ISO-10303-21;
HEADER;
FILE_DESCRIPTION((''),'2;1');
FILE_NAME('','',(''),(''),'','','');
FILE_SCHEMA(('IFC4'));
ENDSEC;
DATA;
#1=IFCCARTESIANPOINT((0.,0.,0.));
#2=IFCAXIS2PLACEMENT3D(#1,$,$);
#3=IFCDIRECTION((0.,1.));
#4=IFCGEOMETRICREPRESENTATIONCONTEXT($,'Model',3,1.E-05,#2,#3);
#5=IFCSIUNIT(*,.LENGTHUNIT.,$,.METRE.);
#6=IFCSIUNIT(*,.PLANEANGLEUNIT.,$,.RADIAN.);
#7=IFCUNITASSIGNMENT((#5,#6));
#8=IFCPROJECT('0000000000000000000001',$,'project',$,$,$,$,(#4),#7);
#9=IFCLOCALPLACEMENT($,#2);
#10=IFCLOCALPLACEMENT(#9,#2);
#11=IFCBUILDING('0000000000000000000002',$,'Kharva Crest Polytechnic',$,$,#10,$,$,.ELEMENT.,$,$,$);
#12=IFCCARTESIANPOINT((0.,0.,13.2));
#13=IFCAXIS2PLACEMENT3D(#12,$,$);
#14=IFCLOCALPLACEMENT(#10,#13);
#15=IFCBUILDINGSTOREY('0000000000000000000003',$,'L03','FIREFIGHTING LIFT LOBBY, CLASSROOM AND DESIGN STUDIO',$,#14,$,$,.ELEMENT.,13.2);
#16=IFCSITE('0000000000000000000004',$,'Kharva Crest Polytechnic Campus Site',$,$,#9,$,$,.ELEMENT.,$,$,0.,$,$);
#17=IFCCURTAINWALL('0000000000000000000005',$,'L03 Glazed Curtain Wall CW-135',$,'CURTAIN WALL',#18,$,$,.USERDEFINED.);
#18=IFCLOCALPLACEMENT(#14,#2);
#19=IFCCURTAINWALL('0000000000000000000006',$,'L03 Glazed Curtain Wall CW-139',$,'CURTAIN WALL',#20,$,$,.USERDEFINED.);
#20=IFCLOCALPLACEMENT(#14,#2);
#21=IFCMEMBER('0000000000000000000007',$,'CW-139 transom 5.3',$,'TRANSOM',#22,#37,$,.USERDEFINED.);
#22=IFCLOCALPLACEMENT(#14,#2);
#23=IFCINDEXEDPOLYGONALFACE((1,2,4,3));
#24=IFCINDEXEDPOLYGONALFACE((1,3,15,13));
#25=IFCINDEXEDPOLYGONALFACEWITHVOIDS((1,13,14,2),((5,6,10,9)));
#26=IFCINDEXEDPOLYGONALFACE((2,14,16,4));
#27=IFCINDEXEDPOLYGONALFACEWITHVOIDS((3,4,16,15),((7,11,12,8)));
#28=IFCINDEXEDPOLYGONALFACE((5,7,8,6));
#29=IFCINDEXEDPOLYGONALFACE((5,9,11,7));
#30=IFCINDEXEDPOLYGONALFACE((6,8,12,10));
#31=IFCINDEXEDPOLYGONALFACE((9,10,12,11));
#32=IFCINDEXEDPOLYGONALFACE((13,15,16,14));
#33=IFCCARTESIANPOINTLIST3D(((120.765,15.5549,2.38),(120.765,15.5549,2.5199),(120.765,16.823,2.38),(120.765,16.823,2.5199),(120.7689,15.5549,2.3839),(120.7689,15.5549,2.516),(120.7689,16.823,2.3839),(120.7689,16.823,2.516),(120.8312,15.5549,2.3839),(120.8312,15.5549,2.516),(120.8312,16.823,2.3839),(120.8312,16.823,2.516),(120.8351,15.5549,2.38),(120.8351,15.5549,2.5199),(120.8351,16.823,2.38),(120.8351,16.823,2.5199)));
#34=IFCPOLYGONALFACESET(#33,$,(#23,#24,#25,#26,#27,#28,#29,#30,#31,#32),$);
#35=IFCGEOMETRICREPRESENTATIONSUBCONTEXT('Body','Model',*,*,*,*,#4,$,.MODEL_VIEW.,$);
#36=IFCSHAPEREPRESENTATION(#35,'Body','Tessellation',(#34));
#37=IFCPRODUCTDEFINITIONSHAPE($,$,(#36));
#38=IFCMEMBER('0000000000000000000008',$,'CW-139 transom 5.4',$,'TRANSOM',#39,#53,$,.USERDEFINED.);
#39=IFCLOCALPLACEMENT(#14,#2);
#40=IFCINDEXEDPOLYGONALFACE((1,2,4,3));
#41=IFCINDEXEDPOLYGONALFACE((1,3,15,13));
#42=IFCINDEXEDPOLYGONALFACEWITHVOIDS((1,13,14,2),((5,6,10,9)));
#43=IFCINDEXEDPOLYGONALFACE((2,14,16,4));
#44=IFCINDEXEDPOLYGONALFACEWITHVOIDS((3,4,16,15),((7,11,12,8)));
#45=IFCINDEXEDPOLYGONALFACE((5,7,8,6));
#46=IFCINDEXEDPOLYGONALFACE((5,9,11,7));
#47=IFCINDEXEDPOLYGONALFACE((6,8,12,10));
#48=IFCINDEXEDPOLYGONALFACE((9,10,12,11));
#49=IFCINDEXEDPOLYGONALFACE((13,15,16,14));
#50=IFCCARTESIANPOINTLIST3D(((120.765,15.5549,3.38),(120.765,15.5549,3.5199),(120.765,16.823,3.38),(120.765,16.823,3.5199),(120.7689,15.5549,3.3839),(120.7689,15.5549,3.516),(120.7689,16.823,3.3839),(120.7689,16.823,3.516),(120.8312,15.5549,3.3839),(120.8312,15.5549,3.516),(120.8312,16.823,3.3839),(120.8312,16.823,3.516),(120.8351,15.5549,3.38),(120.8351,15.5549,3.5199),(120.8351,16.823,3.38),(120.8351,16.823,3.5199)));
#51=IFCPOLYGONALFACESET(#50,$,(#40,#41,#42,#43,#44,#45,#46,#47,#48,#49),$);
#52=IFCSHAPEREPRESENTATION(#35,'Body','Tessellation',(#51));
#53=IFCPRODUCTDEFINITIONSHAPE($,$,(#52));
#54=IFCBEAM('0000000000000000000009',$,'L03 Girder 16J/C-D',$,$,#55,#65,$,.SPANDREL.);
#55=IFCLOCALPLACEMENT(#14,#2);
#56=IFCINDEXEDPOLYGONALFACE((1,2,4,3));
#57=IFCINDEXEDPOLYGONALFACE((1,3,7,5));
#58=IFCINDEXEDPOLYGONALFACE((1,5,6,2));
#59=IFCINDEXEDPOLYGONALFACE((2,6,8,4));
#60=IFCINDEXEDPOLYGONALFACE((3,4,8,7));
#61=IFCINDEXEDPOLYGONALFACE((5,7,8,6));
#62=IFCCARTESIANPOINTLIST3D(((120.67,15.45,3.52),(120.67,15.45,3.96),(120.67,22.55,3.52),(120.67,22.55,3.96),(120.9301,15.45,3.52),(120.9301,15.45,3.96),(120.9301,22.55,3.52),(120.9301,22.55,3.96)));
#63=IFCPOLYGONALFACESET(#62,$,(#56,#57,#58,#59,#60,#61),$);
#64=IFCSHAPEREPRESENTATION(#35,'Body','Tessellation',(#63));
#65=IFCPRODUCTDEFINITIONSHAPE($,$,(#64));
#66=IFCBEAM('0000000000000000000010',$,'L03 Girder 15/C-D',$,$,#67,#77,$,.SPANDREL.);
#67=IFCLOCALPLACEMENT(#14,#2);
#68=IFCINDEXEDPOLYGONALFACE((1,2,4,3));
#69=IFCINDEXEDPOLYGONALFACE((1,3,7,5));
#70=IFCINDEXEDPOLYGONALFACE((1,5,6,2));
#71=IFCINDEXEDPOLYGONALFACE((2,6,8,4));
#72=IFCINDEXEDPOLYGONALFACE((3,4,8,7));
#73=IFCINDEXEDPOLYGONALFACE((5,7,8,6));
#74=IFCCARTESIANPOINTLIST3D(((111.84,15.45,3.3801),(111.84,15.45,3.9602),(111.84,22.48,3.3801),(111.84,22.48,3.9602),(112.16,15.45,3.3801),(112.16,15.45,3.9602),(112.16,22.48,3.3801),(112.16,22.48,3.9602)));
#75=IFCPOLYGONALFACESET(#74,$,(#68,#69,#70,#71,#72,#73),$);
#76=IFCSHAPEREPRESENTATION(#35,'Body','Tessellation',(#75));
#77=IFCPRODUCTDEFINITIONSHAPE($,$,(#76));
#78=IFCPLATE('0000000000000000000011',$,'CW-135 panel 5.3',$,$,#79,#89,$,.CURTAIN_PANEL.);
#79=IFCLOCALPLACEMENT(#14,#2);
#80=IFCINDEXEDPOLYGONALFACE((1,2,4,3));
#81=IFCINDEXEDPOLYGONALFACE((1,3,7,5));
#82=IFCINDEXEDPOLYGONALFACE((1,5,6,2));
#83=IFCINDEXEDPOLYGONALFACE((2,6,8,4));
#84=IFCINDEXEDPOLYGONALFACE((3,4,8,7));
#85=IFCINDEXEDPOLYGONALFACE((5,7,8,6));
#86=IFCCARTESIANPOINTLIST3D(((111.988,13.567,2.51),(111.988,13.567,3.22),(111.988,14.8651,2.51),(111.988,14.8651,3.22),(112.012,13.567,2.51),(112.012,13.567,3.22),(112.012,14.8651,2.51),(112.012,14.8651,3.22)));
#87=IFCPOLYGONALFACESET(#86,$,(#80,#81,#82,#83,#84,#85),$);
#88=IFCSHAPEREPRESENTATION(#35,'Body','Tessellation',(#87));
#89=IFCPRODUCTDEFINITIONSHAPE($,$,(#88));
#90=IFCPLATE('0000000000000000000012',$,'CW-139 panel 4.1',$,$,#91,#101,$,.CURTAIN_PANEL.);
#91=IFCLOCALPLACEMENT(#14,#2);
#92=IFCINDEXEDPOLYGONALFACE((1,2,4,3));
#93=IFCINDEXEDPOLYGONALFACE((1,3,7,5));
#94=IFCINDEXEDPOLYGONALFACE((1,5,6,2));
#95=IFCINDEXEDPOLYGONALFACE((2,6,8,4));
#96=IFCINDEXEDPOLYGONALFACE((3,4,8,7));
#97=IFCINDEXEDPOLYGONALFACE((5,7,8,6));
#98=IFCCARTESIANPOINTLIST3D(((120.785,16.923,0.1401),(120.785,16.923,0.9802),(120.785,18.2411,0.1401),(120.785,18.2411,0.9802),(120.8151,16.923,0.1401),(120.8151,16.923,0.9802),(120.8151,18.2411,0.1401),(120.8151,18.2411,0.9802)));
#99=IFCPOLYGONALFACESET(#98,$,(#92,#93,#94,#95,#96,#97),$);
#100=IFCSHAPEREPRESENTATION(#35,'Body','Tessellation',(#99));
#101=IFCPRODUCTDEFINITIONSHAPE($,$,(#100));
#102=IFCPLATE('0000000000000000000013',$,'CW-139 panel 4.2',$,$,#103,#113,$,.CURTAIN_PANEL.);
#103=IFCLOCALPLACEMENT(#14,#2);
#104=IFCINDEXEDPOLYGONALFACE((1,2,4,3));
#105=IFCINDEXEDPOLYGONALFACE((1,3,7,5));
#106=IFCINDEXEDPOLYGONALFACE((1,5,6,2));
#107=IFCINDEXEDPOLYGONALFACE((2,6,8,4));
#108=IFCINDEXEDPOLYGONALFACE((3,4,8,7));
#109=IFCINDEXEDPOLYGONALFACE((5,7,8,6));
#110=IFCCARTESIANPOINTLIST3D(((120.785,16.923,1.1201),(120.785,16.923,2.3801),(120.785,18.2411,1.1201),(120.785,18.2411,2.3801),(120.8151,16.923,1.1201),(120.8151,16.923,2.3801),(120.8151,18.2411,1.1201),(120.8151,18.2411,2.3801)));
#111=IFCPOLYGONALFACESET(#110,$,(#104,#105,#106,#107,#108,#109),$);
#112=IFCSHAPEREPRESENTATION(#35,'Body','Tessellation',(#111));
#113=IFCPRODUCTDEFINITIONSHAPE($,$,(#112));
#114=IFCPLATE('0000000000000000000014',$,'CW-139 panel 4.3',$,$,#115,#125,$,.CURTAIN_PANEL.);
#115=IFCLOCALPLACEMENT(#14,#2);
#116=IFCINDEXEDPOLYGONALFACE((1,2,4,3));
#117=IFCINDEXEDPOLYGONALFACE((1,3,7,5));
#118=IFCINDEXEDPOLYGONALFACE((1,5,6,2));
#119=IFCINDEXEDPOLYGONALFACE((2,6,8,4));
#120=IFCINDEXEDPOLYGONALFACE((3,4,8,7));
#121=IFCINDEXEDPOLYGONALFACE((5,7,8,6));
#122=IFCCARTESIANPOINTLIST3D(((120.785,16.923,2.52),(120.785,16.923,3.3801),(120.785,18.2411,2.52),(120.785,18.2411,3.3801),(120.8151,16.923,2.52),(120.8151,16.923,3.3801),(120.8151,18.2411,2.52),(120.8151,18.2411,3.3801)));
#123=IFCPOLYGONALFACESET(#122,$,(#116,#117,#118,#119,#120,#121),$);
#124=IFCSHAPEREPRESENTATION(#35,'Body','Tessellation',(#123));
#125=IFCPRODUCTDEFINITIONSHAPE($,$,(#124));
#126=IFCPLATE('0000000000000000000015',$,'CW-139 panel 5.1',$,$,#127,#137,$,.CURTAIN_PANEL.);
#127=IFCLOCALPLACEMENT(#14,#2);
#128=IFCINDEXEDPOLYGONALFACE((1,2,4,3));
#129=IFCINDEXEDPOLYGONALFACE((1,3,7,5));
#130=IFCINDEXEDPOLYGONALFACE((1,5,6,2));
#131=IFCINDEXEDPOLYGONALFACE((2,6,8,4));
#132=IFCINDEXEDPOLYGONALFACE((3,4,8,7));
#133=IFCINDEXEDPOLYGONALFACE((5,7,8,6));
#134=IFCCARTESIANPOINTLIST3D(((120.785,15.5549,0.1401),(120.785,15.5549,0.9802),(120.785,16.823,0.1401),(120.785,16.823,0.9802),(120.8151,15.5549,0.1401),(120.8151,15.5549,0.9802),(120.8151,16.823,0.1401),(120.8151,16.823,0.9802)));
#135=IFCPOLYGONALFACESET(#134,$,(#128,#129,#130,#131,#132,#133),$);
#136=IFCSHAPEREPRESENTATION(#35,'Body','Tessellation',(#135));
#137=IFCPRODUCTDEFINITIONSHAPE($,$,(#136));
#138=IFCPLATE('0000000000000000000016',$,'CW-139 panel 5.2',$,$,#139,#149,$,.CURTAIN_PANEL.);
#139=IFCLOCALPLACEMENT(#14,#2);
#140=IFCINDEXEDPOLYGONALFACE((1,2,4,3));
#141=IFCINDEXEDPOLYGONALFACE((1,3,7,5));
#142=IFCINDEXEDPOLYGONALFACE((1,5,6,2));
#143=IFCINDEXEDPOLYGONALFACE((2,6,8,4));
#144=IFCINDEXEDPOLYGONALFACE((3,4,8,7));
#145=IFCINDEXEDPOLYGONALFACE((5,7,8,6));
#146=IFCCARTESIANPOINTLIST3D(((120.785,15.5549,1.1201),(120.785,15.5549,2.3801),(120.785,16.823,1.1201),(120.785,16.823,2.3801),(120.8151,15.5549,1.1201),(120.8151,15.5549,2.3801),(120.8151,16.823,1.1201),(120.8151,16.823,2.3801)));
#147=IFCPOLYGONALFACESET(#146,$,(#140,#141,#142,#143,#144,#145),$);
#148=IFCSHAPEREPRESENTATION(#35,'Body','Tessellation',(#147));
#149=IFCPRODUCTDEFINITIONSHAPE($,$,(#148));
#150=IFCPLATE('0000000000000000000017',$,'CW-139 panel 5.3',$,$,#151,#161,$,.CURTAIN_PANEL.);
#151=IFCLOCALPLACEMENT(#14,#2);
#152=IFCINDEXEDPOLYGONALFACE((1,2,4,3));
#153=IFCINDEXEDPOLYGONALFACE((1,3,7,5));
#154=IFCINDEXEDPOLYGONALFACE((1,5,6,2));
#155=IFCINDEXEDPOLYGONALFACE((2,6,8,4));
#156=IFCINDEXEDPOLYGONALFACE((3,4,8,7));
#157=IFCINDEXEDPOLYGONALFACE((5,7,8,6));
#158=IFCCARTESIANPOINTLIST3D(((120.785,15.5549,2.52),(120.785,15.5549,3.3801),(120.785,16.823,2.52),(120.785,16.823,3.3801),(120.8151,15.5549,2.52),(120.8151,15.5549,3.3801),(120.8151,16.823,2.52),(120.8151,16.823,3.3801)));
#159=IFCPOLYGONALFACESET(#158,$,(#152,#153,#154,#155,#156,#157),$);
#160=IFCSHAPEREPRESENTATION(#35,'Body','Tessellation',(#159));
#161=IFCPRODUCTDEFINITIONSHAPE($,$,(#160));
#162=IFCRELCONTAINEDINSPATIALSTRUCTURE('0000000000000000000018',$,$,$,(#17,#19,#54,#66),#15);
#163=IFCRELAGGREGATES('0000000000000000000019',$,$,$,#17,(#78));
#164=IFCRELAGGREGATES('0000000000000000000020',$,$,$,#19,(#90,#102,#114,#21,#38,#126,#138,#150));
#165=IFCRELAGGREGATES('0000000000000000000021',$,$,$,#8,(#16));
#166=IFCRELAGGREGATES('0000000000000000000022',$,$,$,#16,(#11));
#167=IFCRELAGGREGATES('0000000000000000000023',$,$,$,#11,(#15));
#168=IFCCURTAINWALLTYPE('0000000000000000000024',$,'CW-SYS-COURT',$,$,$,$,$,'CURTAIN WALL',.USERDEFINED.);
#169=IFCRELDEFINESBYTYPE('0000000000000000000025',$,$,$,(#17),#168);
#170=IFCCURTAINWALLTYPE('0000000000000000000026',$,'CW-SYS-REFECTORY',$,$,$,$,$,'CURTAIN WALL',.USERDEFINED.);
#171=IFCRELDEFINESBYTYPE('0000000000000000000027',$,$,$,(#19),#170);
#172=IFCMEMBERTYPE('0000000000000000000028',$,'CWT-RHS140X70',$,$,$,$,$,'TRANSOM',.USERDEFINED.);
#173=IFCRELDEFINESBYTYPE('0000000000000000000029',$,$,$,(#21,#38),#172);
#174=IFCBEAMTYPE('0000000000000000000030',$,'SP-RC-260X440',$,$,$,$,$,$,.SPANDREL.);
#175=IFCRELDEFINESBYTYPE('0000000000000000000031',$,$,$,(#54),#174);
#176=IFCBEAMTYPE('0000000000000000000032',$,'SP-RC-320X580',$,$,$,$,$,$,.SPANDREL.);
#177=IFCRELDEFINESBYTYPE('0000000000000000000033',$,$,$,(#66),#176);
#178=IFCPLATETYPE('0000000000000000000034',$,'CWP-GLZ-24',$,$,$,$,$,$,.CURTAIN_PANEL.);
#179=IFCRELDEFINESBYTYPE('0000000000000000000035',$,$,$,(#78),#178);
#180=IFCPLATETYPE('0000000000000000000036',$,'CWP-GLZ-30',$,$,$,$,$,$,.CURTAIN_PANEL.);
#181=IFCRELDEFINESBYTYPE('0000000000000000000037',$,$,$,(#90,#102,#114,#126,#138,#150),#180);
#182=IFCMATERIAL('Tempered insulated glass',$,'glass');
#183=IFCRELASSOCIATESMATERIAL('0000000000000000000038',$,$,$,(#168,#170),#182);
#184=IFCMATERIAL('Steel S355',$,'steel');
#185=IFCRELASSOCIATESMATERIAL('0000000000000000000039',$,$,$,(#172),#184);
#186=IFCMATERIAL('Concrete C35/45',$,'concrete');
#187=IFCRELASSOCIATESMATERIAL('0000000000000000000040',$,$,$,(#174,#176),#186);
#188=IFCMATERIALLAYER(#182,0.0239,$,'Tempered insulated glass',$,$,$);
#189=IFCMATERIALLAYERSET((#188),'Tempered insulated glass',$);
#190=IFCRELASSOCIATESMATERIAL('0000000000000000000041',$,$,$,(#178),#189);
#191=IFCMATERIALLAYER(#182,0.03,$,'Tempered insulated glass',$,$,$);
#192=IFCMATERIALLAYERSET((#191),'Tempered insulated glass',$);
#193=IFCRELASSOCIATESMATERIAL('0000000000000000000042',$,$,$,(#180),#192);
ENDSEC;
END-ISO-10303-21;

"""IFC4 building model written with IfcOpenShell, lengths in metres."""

from ifc_helpers import new_model, si_unit, direction, frame, origin, origin_2d, place, context, subcontext, project, spatial, rectangle, hollow_rectangle, extrude, material, layer, layer_set, material_profile, profile_set, type_object, element, aggregate, save


model = new_model("IFC4")

# Units and contexts
model_context = context("Model", 3, precision=1e-05, world=origin(), true_north=direction((0.0, 1.0)))
body_context = subcontext(model_context, "Body", "Model", "MODEL_VIEW")
ifc_project = project(units=[si_unit("LENGTHUNIT", "METRE"), si_unit("PLANEANGLEUNIT", "RADIAN")], contexts=[model_context])

# Site, building, storey
site_placement = place(None, origin())
site = spatial("IfcSite", under=ifc_project, at=site_placement, Name="Kharva Crest Polytechnic Campus Site", CompositionType="ELEMENT", RefElevation=0.0)
building_placement = place(site_placement, origin())
building = spatial("IfcBuilding", under=site, at=building_placement, Name="Kharva Crest Polytechnic", CompositionType="ELEMENT")
storey_placement = place(building_placement, frame((0.0, 0.0, 13.2)))
storey = spatial("IfcBuildingStorey", under=building, at=storey_placement, Name="L03", Description="FIREFIGHTING LIFT LOBBY, CLASSROOM AND DESIGN STUDIO", CompositionType="ELEMENT", Elevation=13.2)

# Curtain wall
ifc_material_1 = material(Name="Tempered insulated glass", Category="glass")
curtain_wall_type_1 = type_object("IfcCurtainWallType", Name="CW-SYS-COURT", ElementType="CURTAIN WALL", PredefinedType="USERDEFINED", material=ifc_material_1)
curtain_wall_1_placement = place(storey_placement, origin())
curtain_wall_1 = element("IfcCurtainWall", 1, at=curtain_wall_1_placement, inside=storey, type_object=curtain_wall_type_1, Name="L03 Glazed Curtain Wall CW-135", ObjectType="CURTAIN WALL", PredefinedType="USERDEFINED")
ifc_material_2 = material(Name="Steel S355", Category="steel")

# Curtain wall, members
curtain_wall_type_2 = type_object("IfcCurtainWallType", Name="CW-SYS-REFECTORY", ElementType="CURTAIN WALL", PredefinedType="USERDEFINED", material=ifc_material_1)
curtain_wall_2_placement = place(storey_placement, origin())
curtain_wall_2 = element("IfcCurtainWall", 2, at=curtain_wall_2_placement, inside=storey, type_object=curtain_wall_type_2, Name="L03 Glazed Curtain Wall CW-139", ObjectType="CURTAIN WALL", PredefinedType="USERDEFINED")
ifc_material_profile_1 = material_profile(ifc_material_2, hollow_rectangle(XDim=0.0701, YDim=0.1399, WallThickness=0.0039, at=origin_2d()), Name="RHS 140X70X4.0")
ifc_profile_set_1 = profile_set([ifc_material_profile_1], Name="Steel S355")
member_type_1 = type_object("IfcMemberType", Name="CWT-RHS140X70", ElementType="TRANSOM", PredefinedType="USERDEFINED", material=ifc_profile_set_1)
member_1_placement = place(storey_placement, frame((120.8, 16.823, 2.45), z_axis=(0.0, -1.0, 0.0), x_axis=(1.0, 0.0, 0.0)))
member_1 = element("IfcMember", 3, at=member_1_placement, type_object=member_type_1, Name="CW-139 transom 5.3", ObjectType="TRANSOM", PredefinedType="USERDEFINED", context=body_context, shape_type="SweptSolid", body=[
    extrude(hollow_rectangle(XDim=0.0701, YDim=0.1399, WallThickness=0.0039, at=origin_2d()), origin(), (0.0, 0.0, 1.0), 1.2681),
])
member_2_placement = place(storey_placement, frame((120.8, 16.823, 3.45), z_axis=(0.0, -1.0, 0.0), x_axis=(1.0, 0.0, 0.0)))
member_2 = element("IfcMember", 4, at=member_2_placement, type_object=member_type_1, Name="CW-139 transom 5.4", ObjectType="TRANSOM", PredefinedType="USERDEFINED", context=body_context, shape_type="SweptSolid", body=[
    extrude(hollow_rectangle(XDim=0.0701, YDim=0.1399, WallThickness=0.0039, at=origin_2d()), origin(), (0.0, 0.0, 1.0), 1.2681),
])

# Beams
ifc_material_3 = material(Name="Concrete C35/45", Category="concrete")
ifc_material_profile_2 = material_profile(ifc_material_3, rectangle(XDim=0.26, YDim=0.4399, at=origin_2d()), Name="RECT 260 X 440")
ifc_profile_set_2 = profile_set([ifc_material_profile_2], Name="Concrete C35/45")
beam_type_1 = type_object("IfcBeamType", Name="SP-RC-260X440", PredefinedType="SPANDREL", material=ifc_profile_set_2)
beam_1_placement = place(storey_placement, frame((120.8, 15.45, 3.74), z_axis=(0.0, 1.0, 0.0), x_axis=(-1.0, 0.0, 0.0)))
element("IfcBeam", 5, at=beam_1_placement, inside=storey, type_object=beam_type_1, Name="L03 Girder 16J/C-D", PredefinedType="SPANDREL", context=body_context, shape_type="SweptSolid", body=[
    extrude(rectangle(XDim=0.26, YDim=0.4399, at=origin_2d()), origin(), (0.0, 0.0, 1.0), 7.1001),
])
ifc_material_profile_3 = material_profile(ifc_material_3, rectangle(XDim=0.3201, YDim=0.5801, at=origin_2d()), Name="RECT 320 X 580")
ifc_profile_set_3 = profile_set([ifc_material_profile_3], Name="Concrete C35/45")
beam_type_2 = type_object("IfcBeamType", Name="SP-RC-320X580", PredefinedType="SPANDREL", material=ifc_profile_set_3)
beam_2_placement = place(storey_placement, frame((112.0, 15.45, 3.6702), z_axis=(0.0, 1.0, 0.0), x_axis=(-1.0, 0.0, 0.0)))
element("IfcBeam", 6, at=beam_2_placement, inside=storey, type_object=beam_type_2, Name="L03 Girder 15/C-D", PredefinedType="SPANDREL", context=body_context, shape_type="SweptSolid", body=[
    extrude(rectangle(XDim=0.3201, YDim=0.5801, at=origin_2d()), origin(), (0.0, 0.0, 1.0), 7.03),
])

# Plates
ifc_layer_1 = layer(ifc_material_1, 0.0239, Name="Tempered insulated glass")
ifc_layer_set_1 = layer_set([ifc_layer_1], Name="Tempered insulated glass")
plate_type_1 = type_object("IfcPlateType", Name="CWP-GLZ-24", PredefinedType="CURTAIN_PANEL", material=ifc_layer_set_1)
plate_1_placement = place(storey_placement, frame((112.0, 14.2161, 2.51), z_axis=(0.0, 0.0, 1.0), x_axis=(0.0, 1.0, 0.0)))
plate_1 = element("IfcPlate", 7, at=plate_1_placement, type_object=plate_type_1, Name="CW-135 panel 5.3", PredefinedType="CURTAIN_PANEL", context=body_context, shape_type="SweptSolid", body=[
    extrude(rectangle(XDim=1.2981, YDim=0.0239, at=origin_2d()), origin(), (0.0, 0.0, 1.0), 0.71),
])
aggregate(curtain_wall_1, [plate_1])
ifc_layer_2 = layer(ifc_material_1, 0.03, Name="Tempered insulated glass")
ifc_layer_set_2 = layer_set([ifc_layer_2], Name="Tempered insulated glass")
plate_type_2 = type_object("IfcPlateType", Name="CWP-GLZ-30", PredefinedType="CURTAIN_PANEL", material=ifc_layer_set_2)
plate_2_placement = place(storey_placement, frame((120.8, 17.582, 0.1401), z_axis=(0.0, 0.0, 1.0), x_axis=(0.0, -1.0, 0.0)))
plate_2 = element("IfcPlate", 8, at=plate_2_placement, type_object=plate_type_2, Name="CW-139 panel 4.1", PredefinedType="CURTAIN_PANEL", context=body_context, shape_type="SweptSolid", body=[
    extrude(rectangle(XDim=1.3181, YDim=0.03, at=origin_2d()), origin(), (0.0, 0.0, 1.0), 0.8401),
])
plate_3_placement = place(storey_placement, frame((120.8, 17.582, 1.1201), z_axis=(0.0, 0.0, 1.0), x_axis=(0.0, -1.0, 0.0)))
plate_3 = element("IfcPlate", 9, at=plate_3_placement, type_object=plate_type_2, Name="CW-139 panel 4.2", PredefinedType="CURTAIN_PANEL", context=body_context, shape_type="SweptSolid", body=[
    extrude(rectangle(XDim=1.3181, YDim=0.03, at=origin_2d()), origin(), (0.0, 0.0, 1.0), 1.26),
])
plate_4_placement = place(storey_placement, frame((120.8, 17.582, 2.52), z_axis=(0.0, 0.0, 1.0), x_axis=(0.0, -1.0, 0.0)))
plate_4 = element("IfcPlate", 10, at=plate_4_placement, type_object=plate_type_2, Name="CW-139 panel 4.3", PredefinedType="CURTAIN_PANEL", context=body_context, shape_type="SweptSolid", body=[
    extrude(rectangle(XDim=1.3181, YDim=0.03, at=origin_2d()), origin(), (0.0, 0.0, 1.0), 0.8601),
])
plate_5_placement = place(storey_placement, frame((120.8, 16.189, 0.1401), z_axis=(0.0, 0.0, 1.0), x_axis=(0.0, -1.0, 0.0)))
plate_5 = element("IfcPlate", 11, at=plate_5_placement, type_object=plate_type_2, Name="CW-139 panel 5.1", PredefinedType="CURTAIN_PANEL", context=body_context, shape_type="SweptSolid", body=[
    extrude(rectangle(XDim=1.2681, YDim=0.03, at=origin_2d()), origin(), (0.0, 0.0, 1.0), 0.8401),
])
plate_6_placement = place(storey_placement, frame((120.8, 16.189, 1.1201), z_axis=(0.0, 0.0, 1.0), x_axis=(0.0, -1.0, 0.0)))
plate_6 = element("IfcPlate", 12, at=plate_6_placement, type_object=plate_type_2, Name="CW-139 panel 5.2", PredefinedType="CURTAIN_PANEL", context=body_context, shape_type="SweptSolid", body=[
    extrude(rectangle(XDim=1.2681, YDim=0.03, at=origin_2d()), origin(), (0.0, 0.0, 1.0), 1.26),
])
plate_7_placement = place(storey_placement, frame((120.8, 16.189, 2.52), z_axis=(0.0, 0.0, 1.0), x_axis=(0.0, -1.0, 0.0)))
plate_7 = element("IfcPlate", 13, at=plate_7_placement, type_object=plate_type_2, Name="CW-139 panel 5.3", PredefinedType="CURTAIN_PANEL", context=body_context, shape_type="SweptSolid", body=[
    extrude(rectangle(XDim=1.2681, YDim=0.03, at=origin_2d()), origin(), (0.0, 0.0, 1.0), 0.8601),
])
aggregate(curtain_wall_2, [plate_2, plate_3, plate_4, member_1, member_2, plate_5, plate_6, plate_7])

save(model, "model.ifc")
